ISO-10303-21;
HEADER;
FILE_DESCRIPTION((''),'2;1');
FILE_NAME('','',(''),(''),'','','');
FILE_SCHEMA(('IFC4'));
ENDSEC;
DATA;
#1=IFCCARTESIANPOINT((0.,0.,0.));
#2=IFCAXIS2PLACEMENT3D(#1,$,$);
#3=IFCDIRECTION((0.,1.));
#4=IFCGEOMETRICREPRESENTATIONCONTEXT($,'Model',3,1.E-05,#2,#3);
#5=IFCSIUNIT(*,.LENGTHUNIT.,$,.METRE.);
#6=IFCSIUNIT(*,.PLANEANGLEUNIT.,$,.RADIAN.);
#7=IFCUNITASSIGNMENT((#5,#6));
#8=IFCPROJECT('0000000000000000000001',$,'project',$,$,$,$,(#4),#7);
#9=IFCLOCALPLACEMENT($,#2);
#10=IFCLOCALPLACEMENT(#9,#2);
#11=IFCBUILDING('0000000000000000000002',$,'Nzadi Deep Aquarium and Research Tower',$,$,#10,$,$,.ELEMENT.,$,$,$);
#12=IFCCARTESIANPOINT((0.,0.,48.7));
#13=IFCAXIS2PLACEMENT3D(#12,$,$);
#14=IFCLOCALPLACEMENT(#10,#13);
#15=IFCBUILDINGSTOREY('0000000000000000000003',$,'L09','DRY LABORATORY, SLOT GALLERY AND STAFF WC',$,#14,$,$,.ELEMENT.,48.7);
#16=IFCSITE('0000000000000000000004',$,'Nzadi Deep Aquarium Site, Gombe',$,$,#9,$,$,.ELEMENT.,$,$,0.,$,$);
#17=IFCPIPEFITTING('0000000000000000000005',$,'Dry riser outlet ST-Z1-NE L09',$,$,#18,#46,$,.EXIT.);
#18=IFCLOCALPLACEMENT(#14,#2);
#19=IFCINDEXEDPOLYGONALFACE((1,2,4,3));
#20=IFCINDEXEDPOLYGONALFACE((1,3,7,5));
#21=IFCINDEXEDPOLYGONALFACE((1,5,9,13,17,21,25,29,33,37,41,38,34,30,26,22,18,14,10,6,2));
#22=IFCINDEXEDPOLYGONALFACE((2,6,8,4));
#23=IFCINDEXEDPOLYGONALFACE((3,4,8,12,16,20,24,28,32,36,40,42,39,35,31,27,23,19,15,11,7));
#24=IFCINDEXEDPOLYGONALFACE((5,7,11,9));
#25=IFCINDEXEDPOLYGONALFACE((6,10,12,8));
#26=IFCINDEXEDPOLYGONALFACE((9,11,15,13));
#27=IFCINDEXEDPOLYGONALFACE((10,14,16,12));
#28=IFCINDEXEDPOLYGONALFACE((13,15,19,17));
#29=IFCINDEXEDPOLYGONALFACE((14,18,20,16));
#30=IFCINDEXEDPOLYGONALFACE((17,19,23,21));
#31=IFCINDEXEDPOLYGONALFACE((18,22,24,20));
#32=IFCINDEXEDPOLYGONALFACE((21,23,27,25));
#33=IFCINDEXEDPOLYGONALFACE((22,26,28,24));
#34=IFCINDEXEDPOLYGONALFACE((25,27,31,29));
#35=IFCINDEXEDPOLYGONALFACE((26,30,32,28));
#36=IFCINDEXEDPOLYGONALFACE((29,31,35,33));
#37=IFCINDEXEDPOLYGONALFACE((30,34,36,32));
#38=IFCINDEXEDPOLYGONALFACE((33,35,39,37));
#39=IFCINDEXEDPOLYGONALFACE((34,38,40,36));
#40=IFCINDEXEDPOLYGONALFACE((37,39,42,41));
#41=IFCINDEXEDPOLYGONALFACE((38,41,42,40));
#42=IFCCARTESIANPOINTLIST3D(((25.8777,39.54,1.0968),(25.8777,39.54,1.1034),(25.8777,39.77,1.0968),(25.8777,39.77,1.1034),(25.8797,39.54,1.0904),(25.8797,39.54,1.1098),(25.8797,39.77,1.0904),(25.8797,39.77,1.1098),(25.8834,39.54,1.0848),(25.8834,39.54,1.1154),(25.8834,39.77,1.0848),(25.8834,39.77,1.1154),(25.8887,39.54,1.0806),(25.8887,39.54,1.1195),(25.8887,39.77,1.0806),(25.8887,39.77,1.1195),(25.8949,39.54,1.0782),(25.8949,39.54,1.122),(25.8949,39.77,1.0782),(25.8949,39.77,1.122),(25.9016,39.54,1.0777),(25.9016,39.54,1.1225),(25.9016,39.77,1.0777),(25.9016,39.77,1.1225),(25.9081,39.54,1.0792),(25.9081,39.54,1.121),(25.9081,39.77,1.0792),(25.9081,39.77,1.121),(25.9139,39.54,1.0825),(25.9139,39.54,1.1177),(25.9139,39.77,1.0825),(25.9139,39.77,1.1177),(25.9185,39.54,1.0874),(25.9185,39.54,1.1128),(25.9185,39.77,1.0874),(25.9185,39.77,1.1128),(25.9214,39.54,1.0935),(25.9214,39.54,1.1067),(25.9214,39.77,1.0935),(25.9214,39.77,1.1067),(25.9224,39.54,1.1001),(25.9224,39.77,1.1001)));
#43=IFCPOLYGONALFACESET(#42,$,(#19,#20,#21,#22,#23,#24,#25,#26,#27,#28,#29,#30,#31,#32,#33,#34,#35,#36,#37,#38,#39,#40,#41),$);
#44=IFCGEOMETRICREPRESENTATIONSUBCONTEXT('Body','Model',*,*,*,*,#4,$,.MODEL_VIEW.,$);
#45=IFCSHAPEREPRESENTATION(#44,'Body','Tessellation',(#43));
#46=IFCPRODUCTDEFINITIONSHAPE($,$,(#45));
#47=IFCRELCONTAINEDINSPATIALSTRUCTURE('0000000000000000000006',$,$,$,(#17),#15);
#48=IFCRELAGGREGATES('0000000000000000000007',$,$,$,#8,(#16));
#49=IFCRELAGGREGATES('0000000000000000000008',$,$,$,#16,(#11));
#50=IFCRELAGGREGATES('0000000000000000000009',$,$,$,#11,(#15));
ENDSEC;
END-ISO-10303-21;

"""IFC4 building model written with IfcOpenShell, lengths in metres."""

from ifc_helpers import new_model, si_unit, direction, frame, origin, origin_2d, place, context, subcontext, project, spatial, circle, extrude, element, save


model = new_model("IFC4")

# Units and contexts
model_context = context("Model", 3, precision=1e-05, world=origin(), true_north=direction((0.0, 1.0)))
body_context = subcontext(model_context, "Body", "Model", "MODEL_VIEW")
ifc_project = project(units=[si_unit("LENGTHUNIT", "METRE"), si_unit("PLANEANGLEUNIT", "RADIAN")], contexts=[model_context])

# Site, building, storey
site_placement = place(None, origin())
site = spatial("IfcSite", under=ifc_project, at=site_placement, Name="Nzadi Deep Aquarium Site, Gombe", CompositionType="ELEMENT", RefElevation=0.0)
building_placement = place(site_placement, origin())
building = spatial("IfcBuilding", under=site, at=building_placement, Name="Nzadi Deep Aquarium and Research Tower", CompositionType="ELEMENT")
storey_placement = place(building_placement, frame((0.0, 0.0, 48.7)))
storey = spatial("IfcBuildingStorey", under=building, at=storey_placement, Name="L09", Description="DRY LABORATORY, SLOT GALLERY AND STAFF WC", CompositionType="ELEMENT", Elevation=48.7)

# Pipe fitting
pipe_fitting_placement = place(storey_placement, frame((25.8999, 39.77, 1.1001), z_axis=(0.0, -1.0, 0.0), x_axis=(1.0, 0.0, 0.0)))
element("IfcPipeFitting", 1, at=pipe_fitting_placement, inside=storey, Name="Dry riser outlet ST-Z1-NE L09", PredefinedType="EXIT", context=body_context, shape_type="SweptSolid", body=[
    extrude(circle(Radius=0.0225, at=origin_2d()), origin(), (0.0, 0.0, 1.0), 0.23),
])

save(model, "model.ifc")
